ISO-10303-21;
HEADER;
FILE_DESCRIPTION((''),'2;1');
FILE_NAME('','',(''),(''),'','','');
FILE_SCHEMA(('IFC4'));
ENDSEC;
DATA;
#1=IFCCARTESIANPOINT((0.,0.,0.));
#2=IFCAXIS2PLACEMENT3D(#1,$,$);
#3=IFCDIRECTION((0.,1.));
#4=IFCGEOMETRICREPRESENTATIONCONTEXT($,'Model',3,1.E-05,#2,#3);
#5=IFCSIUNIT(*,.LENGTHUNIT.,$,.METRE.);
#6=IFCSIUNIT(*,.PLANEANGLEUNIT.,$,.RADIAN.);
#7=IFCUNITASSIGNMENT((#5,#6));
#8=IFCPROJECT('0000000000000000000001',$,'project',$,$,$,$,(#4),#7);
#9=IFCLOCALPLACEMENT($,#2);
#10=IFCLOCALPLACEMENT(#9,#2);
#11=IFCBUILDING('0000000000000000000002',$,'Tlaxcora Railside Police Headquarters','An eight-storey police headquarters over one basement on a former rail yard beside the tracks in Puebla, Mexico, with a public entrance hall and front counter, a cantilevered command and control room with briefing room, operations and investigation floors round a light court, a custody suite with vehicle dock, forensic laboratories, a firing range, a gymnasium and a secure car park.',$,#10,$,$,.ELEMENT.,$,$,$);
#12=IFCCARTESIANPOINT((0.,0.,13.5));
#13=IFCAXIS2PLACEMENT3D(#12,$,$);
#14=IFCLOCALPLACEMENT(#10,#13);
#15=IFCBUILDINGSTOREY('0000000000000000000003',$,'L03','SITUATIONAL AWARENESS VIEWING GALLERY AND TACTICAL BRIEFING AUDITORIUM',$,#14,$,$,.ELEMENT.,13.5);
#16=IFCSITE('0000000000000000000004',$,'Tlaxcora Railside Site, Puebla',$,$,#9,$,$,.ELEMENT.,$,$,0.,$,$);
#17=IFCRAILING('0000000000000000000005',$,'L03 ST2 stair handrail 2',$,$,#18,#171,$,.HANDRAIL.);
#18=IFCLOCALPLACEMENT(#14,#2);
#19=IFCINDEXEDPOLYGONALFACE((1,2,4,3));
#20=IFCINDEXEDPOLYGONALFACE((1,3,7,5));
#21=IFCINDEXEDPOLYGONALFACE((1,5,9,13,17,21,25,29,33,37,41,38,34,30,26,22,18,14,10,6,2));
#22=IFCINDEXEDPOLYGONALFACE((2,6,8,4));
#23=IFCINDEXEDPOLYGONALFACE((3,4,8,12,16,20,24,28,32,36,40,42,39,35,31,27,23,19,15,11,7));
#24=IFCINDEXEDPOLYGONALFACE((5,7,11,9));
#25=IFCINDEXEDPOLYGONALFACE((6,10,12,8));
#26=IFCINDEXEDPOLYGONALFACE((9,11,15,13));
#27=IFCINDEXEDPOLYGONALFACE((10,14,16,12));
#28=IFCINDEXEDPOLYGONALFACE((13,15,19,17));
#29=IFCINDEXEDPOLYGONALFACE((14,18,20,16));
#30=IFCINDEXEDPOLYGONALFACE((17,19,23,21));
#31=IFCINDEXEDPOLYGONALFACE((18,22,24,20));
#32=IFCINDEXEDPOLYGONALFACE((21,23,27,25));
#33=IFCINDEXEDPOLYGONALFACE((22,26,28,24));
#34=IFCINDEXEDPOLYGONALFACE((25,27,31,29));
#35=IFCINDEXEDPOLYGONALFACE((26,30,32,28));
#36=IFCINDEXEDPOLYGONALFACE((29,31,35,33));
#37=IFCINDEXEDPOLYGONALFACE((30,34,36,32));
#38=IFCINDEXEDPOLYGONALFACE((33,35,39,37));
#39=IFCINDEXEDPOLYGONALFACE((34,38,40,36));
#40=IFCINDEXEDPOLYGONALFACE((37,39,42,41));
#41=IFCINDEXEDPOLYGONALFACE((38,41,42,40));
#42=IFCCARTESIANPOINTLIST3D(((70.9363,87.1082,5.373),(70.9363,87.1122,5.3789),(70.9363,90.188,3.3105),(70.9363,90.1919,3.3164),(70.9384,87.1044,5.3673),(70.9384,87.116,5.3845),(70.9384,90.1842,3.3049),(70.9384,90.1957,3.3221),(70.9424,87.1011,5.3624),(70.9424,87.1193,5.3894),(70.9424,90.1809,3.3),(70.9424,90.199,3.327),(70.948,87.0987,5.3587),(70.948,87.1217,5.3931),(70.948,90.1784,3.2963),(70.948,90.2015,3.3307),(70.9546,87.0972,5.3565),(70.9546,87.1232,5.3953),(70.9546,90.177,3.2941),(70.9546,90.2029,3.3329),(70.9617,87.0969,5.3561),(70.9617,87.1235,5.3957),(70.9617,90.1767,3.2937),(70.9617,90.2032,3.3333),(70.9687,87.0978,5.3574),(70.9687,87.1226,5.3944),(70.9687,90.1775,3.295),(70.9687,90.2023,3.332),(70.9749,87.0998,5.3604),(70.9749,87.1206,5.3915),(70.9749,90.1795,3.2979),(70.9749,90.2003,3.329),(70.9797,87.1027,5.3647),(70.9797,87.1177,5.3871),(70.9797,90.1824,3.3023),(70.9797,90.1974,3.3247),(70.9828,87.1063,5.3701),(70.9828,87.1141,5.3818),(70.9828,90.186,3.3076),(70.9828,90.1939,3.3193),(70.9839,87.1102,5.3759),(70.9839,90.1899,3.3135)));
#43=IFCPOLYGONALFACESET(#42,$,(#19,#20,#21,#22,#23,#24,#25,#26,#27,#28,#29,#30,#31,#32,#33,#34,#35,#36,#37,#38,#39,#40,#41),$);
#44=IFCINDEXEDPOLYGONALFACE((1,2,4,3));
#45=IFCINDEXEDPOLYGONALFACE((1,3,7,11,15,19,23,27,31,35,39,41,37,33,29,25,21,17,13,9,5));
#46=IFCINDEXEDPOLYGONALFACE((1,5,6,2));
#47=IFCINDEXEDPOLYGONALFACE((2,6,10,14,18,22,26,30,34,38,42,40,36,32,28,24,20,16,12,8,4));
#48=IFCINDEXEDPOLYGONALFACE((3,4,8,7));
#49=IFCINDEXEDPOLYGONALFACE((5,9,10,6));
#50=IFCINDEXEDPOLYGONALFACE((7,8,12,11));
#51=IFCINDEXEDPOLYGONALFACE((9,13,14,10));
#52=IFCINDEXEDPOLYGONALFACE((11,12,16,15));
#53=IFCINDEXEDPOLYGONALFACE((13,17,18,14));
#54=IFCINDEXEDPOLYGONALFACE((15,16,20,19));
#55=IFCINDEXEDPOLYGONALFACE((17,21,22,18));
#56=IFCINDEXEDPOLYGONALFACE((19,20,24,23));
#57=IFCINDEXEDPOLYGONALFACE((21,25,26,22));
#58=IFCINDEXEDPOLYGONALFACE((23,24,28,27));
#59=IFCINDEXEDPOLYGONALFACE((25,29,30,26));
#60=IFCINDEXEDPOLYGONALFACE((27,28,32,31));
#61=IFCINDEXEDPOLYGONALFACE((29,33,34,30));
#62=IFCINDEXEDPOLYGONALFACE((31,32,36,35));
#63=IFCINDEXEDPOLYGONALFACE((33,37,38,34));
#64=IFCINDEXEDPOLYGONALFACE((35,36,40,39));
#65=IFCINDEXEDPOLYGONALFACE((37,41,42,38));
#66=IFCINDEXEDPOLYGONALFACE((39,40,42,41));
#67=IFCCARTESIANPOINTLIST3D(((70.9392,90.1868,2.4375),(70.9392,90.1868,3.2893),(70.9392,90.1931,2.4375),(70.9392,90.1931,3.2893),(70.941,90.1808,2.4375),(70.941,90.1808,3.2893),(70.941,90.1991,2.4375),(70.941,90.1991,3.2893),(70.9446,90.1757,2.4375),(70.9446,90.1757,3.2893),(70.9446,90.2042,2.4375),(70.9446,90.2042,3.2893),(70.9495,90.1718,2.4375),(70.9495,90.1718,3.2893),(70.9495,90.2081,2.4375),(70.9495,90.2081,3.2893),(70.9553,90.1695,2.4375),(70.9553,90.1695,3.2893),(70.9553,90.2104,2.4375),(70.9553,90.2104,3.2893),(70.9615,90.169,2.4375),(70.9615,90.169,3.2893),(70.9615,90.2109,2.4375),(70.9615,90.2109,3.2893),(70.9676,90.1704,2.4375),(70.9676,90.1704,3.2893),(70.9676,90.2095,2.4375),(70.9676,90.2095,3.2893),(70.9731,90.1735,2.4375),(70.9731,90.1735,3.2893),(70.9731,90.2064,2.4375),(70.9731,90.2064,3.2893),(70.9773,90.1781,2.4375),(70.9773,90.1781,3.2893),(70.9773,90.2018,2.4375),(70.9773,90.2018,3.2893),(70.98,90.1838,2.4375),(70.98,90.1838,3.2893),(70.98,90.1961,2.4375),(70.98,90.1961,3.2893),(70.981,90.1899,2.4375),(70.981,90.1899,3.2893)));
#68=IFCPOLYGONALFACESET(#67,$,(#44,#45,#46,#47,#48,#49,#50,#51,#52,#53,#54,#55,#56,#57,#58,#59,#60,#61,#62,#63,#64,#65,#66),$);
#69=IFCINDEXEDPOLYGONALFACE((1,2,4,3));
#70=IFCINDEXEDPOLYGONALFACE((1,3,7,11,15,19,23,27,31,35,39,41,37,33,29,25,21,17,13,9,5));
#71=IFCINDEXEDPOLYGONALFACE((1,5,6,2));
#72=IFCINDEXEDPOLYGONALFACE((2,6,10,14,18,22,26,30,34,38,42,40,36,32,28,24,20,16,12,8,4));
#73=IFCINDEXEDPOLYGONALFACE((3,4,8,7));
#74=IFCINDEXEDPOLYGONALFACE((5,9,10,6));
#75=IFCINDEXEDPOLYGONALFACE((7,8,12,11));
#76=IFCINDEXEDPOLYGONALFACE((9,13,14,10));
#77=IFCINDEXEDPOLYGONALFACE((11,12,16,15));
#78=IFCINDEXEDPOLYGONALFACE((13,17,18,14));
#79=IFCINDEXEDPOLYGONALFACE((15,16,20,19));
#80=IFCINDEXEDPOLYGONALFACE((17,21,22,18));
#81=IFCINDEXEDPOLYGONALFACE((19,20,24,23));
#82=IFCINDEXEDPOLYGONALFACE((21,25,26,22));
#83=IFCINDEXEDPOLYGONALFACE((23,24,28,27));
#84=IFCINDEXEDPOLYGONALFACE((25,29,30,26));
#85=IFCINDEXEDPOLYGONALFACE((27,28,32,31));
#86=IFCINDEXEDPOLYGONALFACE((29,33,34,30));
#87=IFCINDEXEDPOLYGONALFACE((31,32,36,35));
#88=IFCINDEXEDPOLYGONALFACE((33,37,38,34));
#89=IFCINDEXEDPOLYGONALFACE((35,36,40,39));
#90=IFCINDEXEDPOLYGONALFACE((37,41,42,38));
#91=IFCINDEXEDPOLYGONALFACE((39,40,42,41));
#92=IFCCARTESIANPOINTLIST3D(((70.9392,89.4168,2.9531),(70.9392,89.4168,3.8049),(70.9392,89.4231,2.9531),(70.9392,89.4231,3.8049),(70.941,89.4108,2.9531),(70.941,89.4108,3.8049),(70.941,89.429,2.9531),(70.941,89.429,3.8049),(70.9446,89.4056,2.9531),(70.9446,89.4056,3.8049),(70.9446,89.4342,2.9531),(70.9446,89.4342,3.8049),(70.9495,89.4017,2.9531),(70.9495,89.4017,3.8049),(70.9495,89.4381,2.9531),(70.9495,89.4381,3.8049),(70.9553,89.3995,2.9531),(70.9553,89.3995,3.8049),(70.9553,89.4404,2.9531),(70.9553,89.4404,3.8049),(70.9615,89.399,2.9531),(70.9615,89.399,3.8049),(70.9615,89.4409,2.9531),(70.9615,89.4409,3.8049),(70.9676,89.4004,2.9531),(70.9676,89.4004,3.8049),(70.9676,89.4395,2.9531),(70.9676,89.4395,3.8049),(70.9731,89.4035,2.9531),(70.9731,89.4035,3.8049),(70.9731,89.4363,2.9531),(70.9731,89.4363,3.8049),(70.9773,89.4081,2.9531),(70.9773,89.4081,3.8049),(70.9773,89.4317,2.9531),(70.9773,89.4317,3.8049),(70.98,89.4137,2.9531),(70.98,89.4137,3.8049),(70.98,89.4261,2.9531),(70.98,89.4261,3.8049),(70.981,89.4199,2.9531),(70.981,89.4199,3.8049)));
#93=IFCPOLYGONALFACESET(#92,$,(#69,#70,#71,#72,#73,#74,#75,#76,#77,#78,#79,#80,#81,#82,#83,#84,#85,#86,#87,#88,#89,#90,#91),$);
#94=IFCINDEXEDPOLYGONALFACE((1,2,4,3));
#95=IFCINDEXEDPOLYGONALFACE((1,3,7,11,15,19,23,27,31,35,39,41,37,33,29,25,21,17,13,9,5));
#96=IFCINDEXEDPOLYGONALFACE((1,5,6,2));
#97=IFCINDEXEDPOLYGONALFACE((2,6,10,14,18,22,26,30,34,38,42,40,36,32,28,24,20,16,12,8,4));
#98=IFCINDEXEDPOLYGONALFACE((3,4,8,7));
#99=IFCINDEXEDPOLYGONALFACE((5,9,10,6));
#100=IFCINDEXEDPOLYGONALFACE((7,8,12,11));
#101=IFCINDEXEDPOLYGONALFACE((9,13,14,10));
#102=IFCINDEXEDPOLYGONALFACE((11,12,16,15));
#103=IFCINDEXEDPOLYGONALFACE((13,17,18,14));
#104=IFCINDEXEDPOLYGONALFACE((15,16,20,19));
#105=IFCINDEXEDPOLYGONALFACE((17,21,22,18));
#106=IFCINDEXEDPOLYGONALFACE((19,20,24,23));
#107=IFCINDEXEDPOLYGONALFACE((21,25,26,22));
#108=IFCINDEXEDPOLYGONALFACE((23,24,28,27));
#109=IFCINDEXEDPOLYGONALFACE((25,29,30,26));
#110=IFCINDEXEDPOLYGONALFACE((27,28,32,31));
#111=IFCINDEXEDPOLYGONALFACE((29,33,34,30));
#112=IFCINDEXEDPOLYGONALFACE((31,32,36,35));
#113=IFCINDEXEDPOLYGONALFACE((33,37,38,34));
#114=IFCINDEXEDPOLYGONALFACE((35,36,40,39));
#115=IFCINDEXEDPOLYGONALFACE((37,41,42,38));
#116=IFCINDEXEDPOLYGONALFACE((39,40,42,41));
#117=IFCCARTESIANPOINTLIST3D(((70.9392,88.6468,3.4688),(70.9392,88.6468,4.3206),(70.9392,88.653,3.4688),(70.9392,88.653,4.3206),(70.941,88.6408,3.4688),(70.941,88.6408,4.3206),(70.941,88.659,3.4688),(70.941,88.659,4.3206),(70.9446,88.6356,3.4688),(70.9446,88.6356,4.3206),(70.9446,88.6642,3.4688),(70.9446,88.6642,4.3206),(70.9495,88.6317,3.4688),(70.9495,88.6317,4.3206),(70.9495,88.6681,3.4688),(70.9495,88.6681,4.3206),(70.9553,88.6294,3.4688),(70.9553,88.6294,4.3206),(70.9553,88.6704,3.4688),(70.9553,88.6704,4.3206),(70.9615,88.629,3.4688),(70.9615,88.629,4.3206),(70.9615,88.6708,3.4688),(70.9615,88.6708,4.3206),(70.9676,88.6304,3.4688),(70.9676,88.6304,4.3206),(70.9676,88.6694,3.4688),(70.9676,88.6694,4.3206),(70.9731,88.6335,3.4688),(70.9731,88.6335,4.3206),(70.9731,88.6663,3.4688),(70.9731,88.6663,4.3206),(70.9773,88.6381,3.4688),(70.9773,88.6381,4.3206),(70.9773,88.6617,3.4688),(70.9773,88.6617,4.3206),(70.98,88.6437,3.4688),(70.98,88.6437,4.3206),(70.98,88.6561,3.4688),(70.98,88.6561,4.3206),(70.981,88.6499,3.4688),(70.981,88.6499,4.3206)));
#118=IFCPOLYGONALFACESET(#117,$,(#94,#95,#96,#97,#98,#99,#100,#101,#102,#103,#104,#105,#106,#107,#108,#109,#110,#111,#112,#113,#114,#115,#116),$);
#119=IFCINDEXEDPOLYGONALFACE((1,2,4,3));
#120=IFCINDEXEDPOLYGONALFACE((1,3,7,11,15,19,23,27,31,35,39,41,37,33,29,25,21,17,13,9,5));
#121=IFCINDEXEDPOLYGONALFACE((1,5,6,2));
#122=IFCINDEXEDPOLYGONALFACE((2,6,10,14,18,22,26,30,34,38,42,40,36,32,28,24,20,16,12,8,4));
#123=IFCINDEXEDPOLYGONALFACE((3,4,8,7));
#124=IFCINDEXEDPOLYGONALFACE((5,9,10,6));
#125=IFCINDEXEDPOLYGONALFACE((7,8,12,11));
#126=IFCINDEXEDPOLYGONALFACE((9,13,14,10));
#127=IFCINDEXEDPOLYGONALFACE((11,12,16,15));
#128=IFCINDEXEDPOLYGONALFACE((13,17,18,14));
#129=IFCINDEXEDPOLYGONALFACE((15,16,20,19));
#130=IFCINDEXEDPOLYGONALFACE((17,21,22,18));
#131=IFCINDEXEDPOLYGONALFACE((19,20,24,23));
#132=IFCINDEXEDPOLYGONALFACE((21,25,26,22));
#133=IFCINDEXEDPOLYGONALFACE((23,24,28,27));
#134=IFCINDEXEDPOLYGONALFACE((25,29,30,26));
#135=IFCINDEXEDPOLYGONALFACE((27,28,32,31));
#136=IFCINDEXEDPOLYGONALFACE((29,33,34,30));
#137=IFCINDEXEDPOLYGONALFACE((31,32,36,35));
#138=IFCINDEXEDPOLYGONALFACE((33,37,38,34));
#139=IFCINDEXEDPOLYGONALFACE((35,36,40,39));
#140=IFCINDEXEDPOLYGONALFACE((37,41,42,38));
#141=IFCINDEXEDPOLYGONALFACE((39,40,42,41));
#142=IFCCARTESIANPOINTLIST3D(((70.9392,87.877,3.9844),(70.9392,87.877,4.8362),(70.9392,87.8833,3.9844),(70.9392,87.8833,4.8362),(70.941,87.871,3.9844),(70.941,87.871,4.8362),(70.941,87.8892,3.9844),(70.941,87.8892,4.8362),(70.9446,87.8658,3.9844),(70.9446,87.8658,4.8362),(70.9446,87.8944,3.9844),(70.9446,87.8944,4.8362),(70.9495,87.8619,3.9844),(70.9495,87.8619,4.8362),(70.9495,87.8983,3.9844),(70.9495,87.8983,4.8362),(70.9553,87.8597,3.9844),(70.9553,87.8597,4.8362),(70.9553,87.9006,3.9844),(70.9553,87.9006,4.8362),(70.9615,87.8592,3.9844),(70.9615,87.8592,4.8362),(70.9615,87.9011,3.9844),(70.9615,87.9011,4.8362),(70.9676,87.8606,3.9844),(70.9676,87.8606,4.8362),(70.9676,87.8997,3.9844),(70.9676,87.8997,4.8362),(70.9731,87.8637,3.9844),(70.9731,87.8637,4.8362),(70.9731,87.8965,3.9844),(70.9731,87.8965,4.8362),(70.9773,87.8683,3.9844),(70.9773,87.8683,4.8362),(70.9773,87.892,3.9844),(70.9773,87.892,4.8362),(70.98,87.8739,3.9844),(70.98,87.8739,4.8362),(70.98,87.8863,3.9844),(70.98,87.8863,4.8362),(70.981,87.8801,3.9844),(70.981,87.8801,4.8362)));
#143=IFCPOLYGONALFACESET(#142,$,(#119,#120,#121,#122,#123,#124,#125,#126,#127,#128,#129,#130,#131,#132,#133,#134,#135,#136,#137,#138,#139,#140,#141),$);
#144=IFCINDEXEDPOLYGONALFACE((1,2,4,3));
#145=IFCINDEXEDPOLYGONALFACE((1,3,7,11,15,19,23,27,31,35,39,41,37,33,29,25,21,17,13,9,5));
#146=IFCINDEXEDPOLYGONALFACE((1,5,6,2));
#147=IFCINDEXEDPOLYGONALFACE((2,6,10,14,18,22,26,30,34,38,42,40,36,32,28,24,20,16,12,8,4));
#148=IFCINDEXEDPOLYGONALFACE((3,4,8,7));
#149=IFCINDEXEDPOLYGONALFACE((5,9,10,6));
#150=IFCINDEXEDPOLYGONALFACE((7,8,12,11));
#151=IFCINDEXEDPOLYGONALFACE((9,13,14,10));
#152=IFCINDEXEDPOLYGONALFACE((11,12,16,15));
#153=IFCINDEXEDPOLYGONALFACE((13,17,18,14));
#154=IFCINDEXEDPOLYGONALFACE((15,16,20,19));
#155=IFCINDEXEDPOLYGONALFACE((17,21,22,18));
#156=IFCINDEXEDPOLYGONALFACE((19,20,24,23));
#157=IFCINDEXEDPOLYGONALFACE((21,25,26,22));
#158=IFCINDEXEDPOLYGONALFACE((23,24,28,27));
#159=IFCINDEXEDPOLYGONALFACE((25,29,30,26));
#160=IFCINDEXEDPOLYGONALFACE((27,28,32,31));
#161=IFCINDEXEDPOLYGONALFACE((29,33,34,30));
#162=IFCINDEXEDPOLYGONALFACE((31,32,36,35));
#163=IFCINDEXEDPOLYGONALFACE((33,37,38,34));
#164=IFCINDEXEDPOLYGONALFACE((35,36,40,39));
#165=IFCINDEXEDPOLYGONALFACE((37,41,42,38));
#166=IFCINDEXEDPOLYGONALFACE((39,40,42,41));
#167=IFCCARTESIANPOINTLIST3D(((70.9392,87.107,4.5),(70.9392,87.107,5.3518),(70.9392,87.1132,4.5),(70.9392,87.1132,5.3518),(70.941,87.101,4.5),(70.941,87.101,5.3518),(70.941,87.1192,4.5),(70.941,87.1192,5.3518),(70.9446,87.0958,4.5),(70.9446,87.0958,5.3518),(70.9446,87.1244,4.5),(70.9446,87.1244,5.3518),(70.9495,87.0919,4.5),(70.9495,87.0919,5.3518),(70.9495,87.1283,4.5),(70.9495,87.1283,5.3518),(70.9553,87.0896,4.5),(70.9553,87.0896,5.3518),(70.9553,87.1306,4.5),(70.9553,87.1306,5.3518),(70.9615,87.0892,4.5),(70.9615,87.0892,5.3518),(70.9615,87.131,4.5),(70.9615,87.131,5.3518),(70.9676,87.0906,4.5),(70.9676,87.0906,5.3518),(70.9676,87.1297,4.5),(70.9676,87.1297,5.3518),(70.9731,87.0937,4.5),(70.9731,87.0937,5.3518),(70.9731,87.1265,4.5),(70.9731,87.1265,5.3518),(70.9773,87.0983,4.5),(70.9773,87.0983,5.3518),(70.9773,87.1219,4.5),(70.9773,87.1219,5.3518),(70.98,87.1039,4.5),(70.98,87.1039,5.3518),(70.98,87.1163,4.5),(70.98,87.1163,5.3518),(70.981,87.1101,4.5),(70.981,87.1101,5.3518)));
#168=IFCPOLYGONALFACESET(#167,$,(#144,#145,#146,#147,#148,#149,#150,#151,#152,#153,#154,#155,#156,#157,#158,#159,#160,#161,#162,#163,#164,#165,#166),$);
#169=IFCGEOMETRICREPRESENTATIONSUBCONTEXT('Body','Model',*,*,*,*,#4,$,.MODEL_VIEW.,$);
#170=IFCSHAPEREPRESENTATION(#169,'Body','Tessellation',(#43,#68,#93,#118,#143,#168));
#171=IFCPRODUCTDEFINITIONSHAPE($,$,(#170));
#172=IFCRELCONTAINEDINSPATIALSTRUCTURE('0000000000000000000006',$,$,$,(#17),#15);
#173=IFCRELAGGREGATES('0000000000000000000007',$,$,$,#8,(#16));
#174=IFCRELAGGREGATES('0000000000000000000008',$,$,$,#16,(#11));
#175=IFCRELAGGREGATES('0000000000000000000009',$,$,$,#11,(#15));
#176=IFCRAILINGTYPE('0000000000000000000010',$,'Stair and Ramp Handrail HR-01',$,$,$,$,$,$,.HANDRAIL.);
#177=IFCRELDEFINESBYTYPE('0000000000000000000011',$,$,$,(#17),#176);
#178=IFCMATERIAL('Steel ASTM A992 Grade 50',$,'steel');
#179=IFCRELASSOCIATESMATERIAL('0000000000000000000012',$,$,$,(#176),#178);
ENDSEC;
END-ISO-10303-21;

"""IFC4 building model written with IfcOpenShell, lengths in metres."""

from ifc_helpers import new_model, si_unit, direction, frame, origin, origin_2d, place, context, subcontext, project, spatial, circle, extrude, material, type_object, element, save


model = new_model("IFC4")

# Units and contexts
model_context = context("Model", 3, precision=1e-05, world=origin(), true_north=direction((0.0, 1.0)))
body_context = subcontext(model_context, "Body", "Model", "MODEL_VIEW")
ifc_project = project(units=[si_unit("LENGTHUNIT", "METRE"), si_unit("PLANEANGLEUNIT", "RADIAN")], contexts=[model_context])

# Site, building, storey
site_placement = place(None, origin())
site = spatial("IfcSite", under=ifc_project, at=site_placement, Name="Tlaxcora Railside Site, Puebla", CompositionType="ELEMENT", RefElevation=0.0)
building_placement = place(site_placement, origin())
building = spatial("IfcBuilding", under=site, at=building_placement, Name="Tlaxcora Railside Police Headquarters", Description="An eight-storey police headquarters over one basement on a former rail yard beside the tracks in Puebla, Mexico, with a public entrance hall and front counter, a cantilevered command and control room with briefing room, operations and investigation floors round a light court, a custody suite with vehicle dock, forensic laboratories, a firing range, a gymnasium and a secure car park.", CompositionType="ELEMENT")
storey_placement = place(building_placement, frame((0.0, 0.0, 13.5)))
storey = spatial("IfcBuildingStorey", under=building, at=storey_placement, Name="L03", Description="SITUATIONAL AWARENESS VIEWING GALLERY AND TACTICAL BRIEFING AUDITORIUM", CompositionType="ELEMENT", Elevation=13.5)

# Shared definitions
ifc_material_1 = material(Name="Steel ASTM A992 Grade 50", Category="steel")

# Railing
railing_type_1 = type_object("IfcRailingType", Name="Stair and Ramp Handrail HR-01", PredefinedType="HANDRAIL", material=ifc_material_1)
railing_1_placement = place(storey_placement, frame((70.96, 90.1899, 2.4375)))
element("IfcRailing", 1, at=railing_1_placement, inside=storey, type_object=railing_type_1, Name="L03 ST2 stair handrail 2", PredefinedType="HANDRAIL", context=body_context, shape_type="SweptSolid", body=[
    extrude(circle(Radius=0.0239, at=origin_2d()), frame((0.0, 0.0, 0.876), z_axis=(0.0, -0.830893, 0.556432), x_axis=(1.0, 0.0, 0.0)), (0.0, 0.0, 1.0), 3.7065),
    extrude(circle(Radius=0.021, at=origin_2d()), origin(), (0.0, 0.0, 1.0), 0.8518),
    extrude(circle(Radius=0.021, at=origin_2d()), frame((0.0, -0.77, 0.5156)), (0.0, 0.0, 1.0), 0.8518),
    extrude(circle(Radius=0.021, at=origin_2d()), frame((0.0, -1.54, 1.0312)), (0.0, 0.0, 1.0), 0.8518),
    extrude(circle(Radius=0.021, at=origin_2d()), frame((0.0, -2.3098, 1.5469)), (0.0, 0.0, 1.0), 0.8518),
    extrude(circle(Radius=0.021, at=origin_2d()), frame((0.0, -3.0798, 2.0625)), (0.0, 0.0, 1.0), 0.8518),
])

save(model, "model.ifc")
